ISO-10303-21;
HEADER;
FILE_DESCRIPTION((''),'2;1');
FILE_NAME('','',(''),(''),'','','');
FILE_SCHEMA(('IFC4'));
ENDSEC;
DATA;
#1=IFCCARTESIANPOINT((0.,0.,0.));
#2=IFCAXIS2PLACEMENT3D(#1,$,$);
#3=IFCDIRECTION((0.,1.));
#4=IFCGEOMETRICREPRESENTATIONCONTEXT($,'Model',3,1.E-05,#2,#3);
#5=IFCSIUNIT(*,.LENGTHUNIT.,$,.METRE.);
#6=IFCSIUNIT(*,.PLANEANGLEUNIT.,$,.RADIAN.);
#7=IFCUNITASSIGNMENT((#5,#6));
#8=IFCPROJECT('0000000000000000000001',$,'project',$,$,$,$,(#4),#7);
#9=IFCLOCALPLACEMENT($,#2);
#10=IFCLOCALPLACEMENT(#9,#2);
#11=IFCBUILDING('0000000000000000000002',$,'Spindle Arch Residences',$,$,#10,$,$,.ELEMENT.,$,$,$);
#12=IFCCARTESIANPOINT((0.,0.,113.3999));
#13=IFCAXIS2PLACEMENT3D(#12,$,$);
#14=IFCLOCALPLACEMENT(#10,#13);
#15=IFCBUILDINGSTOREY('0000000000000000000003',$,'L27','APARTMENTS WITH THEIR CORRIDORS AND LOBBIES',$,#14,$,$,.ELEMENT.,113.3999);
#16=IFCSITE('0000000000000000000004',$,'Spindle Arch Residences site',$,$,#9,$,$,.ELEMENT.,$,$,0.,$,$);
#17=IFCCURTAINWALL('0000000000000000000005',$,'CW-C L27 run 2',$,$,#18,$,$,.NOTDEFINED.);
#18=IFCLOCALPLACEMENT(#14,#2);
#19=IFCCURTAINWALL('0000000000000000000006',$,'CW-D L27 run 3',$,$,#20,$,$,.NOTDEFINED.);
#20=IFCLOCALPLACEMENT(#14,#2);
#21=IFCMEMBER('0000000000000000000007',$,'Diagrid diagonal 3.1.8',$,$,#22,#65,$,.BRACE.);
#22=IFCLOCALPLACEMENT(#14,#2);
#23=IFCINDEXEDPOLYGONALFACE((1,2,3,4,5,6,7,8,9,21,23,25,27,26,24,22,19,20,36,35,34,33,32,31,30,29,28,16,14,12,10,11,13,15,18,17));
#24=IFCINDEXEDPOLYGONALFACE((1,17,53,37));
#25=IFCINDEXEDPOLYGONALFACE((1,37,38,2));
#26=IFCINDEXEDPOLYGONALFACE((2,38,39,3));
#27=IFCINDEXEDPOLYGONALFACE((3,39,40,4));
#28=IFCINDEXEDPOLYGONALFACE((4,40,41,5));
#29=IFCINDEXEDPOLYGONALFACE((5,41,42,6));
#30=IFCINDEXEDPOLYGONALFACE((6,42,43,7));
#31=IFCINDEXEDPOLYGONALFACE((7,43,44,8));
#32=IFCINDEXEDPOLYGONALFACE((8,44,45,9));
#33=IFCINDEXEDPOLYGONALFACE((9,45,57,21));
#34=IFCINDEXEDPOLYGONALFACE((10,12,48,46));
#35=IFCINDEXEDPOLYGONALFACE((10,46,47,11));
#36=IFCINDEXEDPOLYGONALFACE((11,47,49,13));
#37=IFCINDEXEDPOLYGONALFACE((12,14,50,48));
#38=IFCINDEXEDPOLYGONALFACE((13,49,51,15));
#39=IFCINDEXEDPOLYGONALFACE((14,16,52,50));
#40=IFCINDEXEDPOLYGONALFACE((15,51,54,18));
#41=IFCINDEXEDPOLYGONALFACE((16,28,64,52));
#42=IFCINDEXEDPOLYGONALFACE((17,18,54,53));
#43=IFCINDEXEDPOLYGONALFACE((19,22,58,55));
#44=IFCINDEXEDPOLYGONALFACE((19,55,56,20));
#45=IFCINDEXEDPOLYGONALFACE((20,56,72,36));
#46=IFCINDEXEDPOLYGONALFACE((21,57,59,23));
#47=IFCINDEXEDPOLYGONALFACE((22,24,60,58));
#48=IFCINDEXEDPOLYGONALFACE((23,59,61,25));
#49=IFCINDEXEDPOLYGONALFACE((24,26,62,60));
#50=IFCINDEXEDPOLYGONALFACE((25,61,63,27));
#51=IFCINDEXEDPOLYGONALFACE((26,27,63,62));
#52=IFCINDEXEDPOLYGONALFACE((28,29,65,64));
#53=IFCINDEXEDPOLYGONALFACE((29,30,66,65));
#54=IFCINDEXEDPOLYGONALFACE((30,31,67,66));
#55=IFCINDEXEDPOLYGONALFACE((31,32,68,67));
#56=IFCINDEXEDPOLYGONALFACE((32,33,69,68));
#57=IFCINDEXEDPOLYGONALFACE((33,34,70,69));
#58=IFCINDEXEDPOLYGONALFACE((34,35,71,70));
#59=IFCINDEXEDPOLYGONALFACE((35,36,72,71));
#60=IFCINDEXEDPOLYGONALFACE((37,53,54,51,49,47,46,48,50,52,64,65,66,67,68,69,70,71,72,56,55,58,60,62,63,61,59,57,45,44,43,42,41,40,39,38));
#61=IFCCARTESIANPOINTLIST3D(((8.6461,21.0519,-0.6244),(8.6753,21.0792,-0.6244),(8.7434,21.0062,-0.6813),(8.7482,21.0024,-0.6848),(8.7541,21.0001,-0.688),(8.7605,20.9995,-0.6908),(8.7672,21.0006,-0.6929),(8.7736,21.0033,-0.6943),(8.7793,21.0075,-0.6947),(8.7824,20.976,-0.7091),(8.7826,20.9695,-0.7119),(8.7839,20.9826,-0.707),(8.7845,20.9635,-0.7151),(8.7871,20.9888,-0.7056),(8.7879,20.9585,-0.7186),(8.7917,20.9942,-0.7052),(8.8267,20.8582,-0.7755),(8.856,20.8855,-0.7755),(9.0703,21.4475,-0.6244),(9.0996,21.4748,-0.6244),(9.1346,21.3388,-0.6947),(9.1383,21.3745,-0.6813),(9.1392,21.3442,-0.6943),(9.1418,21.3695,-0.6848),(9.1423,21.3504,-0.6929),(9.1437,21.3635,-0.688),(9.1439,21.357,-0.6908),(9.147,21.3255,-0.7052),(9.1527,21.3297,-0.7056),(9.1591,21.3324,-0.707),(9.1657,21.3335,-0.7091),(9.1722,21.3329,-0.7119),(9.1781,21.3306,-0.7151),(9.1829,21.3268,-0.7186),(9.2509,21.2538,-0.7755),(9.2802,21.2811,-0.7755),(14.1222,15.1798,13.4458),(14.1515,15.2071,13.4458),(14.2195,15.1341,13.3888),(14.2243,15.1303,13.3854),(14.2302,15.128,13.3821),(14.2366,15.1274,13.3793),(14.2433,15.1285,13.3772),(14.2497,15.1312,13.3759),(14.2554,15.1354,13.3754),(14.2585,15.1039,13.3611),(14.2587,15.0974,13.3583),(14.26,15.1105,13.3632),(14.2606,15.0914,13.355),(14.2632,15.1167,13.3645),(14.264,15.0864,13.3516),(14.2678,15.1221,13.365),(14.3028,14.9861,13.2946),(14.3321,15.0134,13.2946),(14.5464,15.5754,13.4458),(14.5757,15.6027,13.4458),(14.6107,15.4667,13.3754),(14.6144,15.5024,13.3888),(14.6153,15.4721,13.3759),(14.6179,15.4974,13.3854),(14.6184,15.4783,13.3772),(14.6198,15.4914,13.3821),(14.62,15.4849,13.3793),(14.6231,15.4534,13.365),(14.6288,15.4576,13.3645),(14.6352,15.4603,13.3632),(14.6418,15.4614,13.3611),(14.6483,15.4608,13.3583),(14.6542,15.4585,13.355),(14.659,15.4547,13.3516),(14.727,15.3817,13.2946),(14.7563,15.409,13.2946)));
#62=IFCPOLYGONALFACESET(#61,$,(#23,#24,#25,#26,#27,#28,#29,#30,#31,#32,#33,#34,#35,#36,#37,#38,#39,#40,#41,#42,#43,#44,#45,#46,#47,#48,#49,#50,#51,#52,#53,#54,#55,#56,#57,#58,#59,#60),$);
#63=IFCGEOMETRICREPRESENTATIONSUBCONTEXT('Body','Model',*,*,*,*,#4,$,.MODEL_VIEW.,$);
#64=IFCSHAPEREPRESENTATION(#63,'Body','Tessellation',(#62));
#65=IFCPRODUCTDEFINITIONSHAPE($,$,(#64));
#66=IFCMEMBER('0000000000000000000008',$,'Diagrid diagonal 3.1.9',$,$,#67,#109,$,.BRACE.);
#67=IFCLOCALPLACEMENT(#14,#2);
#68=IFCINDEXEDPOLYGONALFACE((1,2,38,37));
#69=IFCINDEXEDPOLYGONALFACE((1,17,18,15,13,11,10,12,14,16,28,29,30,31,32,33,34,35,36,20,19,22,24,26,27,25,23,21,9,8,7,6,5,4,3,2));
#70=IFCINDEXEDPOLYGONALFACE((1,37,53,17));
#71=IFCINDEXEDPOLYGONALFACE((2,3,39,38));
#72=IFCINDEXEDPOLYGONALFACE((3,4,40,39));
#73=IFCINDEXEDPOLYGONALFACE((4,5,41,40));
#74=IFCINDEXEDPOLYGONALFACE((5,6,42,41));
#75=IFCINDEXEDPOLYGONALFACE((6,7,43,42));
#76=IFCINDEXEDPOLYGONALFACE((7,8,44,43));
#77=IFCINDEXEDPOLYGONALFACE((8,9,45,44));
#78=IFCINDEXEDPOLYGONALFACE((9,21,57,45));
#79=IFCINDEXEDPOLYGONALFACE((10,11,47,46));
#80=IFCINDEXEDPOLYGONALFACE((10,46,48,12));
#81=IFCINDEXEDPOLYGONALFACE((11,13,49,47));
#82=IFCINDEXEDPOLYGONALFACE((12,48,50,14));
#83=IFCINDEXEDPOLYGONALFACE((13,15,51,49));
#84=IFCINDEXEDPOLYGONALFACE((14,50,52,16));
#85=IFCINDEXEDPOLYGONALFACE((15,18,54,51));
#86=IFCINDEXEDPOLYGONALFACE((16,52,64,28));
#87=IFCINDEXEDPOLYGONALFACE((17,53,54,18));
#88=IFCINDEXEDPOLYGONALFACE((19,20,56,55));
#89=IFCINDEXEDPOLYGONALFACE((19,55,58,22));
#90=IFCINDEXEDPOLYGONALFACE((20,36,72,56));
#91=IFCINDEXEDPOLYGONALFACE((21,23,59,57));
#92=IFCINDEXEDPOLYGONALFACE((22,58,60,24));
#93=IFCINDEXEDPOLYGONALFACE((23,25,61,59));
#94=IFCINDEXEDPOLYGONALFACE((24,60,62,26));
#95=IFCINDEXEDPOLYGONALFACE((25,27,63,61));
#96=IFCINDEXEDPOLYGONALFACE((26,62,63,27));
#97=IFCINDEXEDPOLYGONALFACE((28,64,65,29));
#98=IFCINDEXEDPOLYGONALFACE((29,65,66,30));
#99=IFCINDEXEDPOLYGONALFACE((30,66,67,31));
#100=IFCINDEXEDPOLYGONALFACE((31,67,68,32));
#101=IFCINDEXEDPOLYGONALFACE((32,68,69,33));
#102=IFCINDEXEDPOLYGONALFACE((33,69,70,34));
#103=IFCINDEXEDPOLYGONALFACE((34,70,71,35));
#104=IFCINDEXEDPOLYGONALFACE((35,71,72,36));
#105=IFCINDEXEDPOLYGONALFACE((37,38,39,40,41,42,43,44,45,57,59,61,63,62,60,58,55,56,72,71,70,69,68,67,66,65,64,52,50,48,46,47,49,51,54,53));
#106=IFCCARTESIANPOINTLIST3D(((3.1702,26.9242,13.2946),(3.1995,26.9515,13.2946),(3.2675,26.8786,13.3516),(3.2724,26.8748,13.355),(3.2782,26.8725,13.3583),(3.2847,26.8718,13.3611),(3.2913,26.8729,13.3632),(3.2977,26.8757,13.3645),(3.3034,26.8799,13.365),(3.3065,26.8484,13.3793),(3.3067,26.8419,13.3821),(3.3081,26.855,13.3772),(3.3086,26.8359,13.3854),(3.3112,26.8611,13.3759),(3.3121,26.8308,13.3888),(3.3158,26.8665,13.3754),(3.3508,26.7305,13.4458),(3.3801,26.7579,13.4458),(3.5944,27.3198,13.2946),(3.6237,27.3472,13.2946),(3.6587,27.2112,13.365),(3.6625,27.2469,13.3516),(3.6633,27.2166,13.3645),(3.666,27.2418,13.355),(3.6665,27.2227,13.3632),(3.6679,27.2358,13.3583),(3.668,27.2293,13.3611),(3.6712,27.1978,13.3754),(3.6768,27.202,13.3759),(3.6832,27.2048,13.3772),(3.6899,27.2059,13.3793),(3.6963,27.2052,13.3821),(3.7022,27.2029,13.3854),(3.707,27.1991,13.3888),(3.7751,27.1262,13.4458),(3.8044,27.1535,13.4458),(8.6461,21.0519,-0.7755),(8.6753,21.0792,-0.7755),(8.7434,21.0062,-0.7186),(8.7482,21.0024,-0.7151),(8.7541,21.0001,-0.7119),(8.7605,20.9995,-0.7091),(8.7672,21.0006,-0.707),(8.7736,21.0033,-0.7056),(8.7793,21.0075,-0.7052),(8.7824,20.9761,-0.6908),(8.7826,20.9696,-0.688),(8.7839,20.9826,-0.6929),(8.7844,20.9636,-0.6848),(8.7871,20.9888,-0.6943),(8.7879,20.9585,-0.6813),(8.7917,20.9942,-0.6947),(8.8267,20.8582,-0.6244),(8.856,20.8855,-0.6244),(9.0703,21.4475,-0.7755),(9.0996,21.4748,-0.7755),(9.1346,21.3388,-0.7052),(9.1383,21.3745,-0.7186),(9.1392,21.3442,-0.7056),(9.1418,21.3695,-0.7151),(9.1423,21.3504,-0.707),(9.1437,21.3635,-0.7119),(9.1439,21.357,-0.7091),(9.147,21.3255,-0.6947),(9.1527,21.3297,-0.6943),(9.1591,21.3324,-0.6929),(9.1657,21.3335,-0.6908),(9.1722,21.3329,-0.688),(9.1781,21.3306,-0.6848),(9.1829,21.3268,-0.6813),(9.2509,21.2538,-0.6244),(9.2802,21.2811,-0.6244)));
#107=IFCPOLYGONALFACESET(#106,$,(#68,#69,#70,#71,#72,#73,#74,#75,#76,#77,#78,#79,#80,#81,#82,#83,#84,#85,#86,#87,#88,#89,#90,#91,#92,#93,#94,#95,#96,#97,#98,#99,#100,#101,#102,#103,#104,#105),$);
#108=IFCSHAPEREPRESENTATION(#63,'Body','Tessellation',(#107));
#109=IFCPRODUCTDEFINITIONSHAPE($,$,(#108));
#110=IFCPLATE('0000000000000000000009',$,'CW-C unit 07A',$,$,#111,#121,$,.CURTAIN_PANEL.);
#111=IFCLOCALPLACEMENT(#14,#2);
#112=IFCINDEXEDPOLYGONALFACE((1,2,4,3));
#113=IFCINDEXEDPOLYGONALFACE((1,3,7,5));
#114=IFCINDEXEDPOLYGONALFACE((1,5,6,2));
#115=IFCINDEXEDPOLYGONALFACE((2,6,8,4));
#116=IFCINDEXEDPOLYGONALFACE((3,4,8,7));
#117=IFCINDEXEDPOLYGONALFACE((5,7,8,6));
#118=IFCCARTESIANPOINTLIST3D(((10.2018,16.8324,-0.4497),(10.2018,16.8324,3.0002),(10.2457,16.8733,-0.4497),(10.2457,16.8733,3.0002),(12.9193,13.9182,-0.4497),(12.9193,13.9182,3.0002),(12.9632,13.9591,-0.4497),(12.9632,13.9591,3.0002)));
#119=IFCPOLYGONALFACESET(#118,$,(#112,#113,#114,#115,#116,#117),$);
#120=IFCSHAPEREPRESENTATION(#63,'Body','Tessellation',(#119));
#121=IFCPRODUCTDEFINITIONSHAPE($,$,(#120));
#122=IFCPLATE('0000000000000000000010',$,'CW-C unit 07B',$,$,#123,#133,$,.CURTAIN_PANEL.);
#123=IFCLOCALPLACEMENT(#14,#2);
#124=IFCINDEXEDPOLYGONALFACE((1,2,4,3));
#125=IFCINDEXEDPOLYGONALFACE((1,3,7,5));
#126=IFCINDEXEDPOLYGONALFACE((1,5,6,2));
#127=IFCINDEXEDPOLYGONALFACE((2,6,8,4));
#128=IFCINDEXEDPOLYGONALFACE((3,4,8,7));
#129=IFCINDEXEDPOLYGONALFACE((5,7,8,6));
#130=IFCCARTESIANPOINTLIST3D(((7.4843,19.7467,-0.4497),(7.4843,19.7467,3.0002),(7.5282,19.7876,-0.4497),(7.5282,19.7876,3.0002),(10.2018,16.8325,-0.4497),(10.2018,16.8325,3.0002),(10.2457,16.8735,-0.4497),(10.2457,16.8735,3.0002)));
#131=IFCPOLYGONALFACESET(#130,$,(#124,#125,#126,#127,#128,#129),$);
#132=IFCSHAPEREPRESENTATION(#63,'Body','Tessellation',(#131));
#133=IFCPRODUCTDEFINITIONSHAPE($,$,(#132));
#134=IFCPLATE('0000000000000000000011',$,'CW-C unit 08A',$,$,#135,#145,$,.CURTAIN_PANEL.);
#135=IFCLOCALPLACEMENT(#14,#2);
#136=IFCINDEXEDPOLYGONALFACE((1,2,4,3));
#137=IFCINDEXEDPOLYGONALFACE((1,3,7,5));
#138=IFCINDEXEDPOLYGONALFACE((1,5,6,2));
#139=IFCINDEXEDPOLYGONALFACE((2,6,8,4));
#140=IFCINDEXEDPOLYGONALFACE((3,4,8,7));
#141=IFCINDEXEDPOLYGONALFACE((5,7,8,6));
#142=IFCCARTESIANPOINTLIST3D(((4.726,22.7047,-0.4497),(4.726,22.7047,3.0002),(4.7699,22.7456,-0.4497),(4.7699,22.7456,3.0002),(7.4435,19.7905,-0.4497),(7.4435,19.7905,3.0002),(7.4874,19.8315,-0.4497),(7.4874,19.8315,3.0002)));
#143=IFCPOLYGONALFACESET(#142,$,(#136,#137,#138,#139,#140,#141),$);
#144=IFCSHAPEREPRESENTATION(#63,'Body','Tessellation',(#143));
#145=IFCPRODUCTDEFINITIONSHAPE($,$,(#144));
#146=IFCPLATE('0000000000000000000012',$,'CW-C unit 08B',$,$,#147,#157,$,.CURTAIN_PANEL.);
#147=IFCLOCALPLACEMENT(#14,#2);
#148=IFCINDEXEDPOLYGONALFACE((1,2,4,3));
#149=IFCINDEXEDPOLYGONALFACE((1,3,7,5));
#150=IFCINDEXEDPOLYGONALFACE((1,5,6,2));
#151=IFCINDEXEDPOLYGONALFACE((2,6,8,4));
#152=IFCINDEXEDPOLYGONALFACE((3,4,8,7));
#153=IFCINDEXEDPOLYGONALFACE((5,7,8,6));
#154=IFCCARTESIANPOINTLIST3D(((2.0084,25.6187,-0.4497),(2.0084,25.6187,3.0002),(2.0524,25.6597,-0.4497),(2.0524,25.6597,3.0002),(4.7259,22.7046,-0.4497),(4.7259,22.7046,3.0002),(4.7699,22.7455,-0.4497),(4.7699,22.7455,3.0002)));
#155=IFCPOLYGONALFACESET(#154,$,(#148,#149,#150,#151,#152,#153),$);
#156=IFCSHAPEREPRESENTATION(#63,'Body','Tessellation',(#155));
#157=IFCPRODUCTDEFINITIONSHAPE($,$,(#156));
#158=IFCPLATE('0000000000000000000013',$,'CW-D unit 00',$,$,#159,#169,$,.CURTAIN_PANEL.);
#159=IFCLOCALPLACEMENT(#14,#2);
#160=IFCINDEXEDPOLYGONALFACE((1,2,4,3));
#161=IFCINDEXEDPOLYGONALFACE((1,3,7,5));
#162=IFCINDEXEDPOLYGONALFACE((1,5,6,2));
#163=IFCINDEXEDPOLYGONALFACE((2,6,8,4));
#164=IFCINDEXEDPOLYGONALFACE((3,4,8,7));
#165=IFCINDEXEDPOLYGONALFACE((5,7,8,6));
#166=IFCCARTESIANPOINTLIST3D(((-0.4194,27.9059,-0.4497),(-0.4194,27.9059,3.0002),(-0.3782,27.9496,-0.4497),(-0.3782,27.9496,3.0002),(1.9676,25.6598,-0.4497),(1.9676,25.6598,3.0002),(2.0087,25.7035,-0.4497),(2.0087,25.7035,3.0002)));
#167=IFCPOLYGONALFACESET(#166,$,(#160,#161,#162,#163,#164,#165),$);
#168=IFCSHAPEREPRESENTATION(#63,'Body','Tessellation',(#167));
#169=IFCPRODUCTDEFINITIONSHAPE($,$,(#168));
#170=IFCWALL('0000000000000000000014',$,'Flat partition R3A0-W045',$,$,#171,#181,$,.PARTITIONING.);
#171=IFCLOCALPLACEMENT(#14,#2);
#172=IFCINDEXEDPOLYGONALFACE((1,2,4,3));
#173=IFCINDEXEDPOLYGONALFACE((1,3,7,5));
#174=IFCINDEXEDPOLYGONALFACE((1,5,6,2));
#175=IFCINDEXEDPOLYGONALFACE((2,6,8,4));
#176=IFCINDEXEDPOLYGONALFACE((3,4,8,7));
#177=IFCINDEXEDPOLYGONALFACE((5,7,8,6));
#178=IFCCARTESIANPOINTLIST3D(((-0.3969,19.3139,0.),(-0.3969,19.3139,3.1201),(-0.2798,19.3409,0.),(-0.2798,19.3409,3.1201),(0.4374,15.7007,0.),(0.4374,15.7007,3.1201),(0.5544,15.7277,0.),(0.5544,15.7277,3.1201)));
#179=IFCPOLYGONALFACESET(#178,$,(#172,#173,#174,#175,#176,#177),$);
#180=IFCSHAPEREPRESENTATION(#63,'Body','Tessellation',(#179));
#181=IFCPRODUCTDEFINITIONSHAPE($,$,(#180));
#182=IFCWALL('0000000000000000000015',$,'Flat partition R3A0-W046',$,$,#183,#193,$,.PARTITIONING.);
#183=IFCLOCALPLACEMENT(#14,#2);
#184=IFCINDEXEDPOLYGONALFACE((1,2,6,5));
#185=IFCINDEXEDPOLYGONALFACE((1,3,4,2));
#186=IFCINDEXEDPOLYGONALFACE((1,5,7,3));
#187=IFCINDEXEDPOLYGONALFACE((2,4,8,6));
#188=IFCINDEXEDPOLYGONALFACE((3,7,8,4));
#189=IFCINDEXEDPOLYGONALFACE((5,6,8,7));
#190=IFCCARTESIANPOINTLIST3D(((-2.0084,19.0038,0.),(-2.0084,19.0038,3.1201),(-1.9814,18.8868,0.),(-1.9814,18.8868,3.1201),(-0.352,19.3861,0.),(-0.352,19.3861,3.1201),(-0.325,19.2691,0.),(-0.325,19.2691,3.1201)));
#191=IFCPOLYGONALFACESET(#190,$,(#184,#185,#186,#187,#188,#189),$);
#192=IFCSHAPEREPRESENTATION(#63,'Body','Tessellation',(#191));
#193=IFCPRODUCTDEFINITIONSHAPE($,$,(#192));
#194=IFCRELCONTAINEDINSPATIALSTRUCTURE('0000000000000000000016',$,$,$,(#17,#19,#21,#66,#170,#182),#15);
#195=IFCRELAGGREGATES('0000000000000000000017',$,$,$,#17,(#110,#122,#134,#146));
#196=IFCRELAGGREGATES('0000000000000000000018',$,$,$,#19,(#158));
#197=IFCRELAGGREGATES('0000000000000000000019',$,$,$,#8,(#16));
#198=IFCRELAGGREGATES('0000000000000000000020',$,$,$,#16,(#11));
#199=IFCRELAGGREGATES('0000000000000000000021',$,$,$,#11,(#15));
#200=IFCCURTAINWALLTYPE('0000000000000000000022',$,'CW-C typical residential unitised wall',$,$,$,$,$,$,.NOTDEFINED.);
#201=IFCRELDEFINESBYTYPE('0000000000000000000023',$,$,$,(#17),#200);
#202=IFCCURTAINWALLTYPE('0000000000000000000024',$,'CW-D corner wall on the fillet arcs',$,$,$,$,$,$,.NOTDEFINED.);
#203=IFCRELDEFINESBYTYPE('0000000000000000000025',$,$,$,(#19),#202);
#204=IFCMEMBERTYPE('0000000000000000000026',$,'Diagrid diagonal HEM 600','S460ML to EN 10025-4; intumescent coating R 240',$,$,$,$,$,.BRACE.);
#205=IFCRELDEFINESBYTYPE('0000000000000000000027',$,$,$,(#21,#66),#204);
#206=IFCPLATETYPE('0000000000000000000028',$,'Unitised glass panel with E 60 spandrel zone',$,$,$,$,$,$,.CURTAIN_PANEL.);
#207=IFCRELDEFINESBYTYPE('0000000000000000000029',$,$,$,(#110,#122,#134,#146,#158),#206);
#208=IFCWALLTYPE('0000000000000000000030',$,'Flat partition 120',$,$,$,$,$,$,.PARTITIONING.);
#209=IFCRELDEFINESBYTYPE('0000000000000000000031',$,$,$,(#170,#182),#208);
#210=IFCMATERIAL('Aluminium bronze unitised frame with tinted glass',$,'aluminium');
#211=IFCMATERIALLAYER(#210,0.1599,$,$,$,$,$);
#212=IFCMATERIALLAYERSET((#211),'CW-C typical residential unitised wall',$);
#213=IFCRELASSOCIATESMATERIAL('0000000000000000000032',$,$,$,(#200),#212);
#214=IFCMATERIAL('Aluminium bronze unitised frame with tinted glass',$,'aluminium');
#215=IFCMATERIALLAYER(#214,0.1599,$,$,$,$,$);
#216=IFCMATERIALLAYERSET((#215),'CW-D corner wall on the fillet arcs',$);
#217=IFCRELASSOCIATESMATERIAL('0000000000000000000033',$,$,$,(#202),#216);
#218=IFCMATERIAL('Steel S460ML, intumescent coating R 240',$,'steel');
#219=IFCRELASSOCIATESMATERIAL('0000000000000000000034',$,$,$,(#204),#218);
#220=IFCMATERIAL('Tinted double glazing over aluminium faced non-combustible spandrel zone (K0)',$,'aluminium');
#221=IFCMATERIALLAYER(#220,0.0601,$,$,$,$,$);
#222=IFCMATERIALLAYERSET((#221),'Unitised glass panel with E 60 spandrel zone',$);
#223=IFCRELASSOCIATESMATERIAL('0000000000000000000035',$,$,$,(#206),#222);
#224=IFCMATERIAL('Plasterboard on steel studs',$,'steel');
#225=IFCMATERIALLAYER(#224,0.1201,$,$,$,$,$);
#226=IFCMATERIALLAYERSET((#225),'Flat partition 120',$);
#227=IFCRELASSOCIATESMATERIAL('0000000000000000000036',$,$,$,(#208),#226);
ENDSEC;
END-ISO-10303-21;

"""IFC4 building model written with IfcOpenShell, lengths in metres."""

from ifc_helpers import new_model, si_unit, direction, frame, frame_2d, origin, origin_2d, place, context, subcontext, project, spatial, rectangle, i_section, extrude, material, layer, layer_set, material_profile, profile_set, type_object, element, aggregate, save


model = new_model("IFC4")

# Units and contexts
model_context = context("Model", 3, precision=1e-05, world=origin(), true_north=direction((0.0, 1.0)))
body_context = subcontext(model_context, "Body", "Model", "MODEL_VIEW")
ifc_project = project(units=[si_unit("LENGTHUNIT", "METRE"), si_unit("PLANEANGLEUNIT", "RADIAN")], contexts=[model_context])

# Site, building, storey
site_placement = place(None, origin())
site = spatial("IfcSite", under=ifc_project, at=site_placement, Name="Spindle Arch Residences site", CompositionType="ELEMENT", RefElevation=0.0)
building_placement = place(site_placement, origin())
building = spatial("IfcBuilding", under=site, at=building_placement, Name="Spindle Arch Residences", CompositionType="ELEMENT")
storey_placement = place(building_placement, frame((0.0, 0.0, 113.3999)))
storey = spatial("IfcBuildingStorey", under=building, at=storey_placement, Name="L27", Description="APARTMENTS WITH THEIR CORRIDORS AND LOBBIES", CompositionType="ELEMENT", Elevation=113.3999)

# Curtain wall
ifc_material_1 = material(Name="Aluminium bronze unitised frame with tinted glass", Category="aluminium")
ifc_layer_1 = layer(ifc_material_1, 0.1599)
ifc_layer_set_1 = layer_set([ifc_layer_1], Name="CW-C typical residential unitised wall")
curtain_wall_type_1 = type_object("IfcCurtainWallType", Name="CW-C typical residential unitised wall", PredefinedType="NOTDEFINED", material=ifc_layer_set_1)
curtain_wall_1_placement = place(storey_placement, origin())
curtain_wall_1 = element("IfcCurtainWall", 1, at=curtain_wall_1_placement, inside=storey, type_object=curtain_wall_type_1, Name="CW-C L27 run 2", PredefinedType="NOTDEFINED")

# Curtain wall
ifc_material_2 = material(Name="Aluminium bronze unitised frame with tinted glass", Category="aluminium")
ifc_layer_2 = layer(ifc_material_2, 0.1599)
ifc_layer_set_2 = layer_set([ifc_layer_2], Name="CW-D corner wall on the fillet arcs")
curtain_wall_type_2 = type_object("IfcCurtainWallType", Name="CW-D corner wall on the fillet arcs", PredefinedType="NOTDEFINED", material=ifc_layer_set_2)
curtain_wall_2_placement = place(storey_placement, origin())
curtain_wall_2 = element("IfcCurtainWall", 2, at=curtain_wall_2_placement, inside=storey, type_object=curtain_wall_type_2, Name="CW-D L27 run 3", PredefinedType="NOTDEFINED")

# Members
ifc_material_3 = material(Name="Steel S460ML, intumescent coating R 240", Category="steel")
ifc_material_profile_1 = material_profile(ifc_material_3, i_section(OverallWidth=0.3049, OverallDepth=0.6201, WebThickness=0.021, FlangeThickness=0.04, FilletRadius=0.0271, at=origin_2d()), Name="HEM 600")
ifc_profile_set_1 = profile_set([ifc_material_profile_1], Name="Steel S460ML, intumescent coating R 240")
member_type_1 = type_object("IfcMemberType", Name="Diagrid diagonal HEM 600", Description="S460ML to EN 10025-4; intumescent coating R 240", PredefinedType="BRACE", material=ifc_profile_set_1)
for number, where, z_axis, x_axis, name in (
    (3, (8.9631, 21.1665, -0.7), (0.338032, -0.362477, 0.86853), (-0.592352, 0.635188, 0.495636), "Diagrid diagonal 3.1.8"),
    (4, (8.9631, 21.1665, -0.7), (-0.338017, 0.362492, 0.86853), (0.592325, -0.635213, 0.495637), "Diagrid diagonal 3.1.9"),
):
    element("IfcMember", number, at=place(storey_placement, frame(where, z_axis=z_axis, x_axis=x_axis)), inside=storey, type_object=member_type_1, Name=name, PredefinedType="BRACE", context=body_context, shape_type="SweptSolid", body=[
        extrude(i_section(OverallWidth=0.3049, OverallDepth=0.6201, WebThickness=0.021, FlangeThickness=0.04, FilletRadius=0.0271, at=origin_2d()), origin(), (0.0, 0.0, 1.0), 16.2),
    ])

# Plates
ifc_material_4 = material(Name="Tinted double glazing over aluminium faced non-combustible spandrel zone (K0)", Category="aluminium")
ifc_layer_3 = layer(ifc_material_4, 0.0601)
ifc_layer_set_3 = layer_set([ifc_layer_3], Name="Unitised glass panel with E 60 spandrel zone")
plate_type = type_object("IfcPlateType", Name="Unitised glass panel with E 60 spandrel zone", PredefinedType="CURTAIN_PANEL", material=ifc_layer_set_3)
plate_1_placement = place(storey_placement, frame((11.5825, 15.3958, -0.4497), z_axis=(0.0, 0.0, 1.0), x_axis=(-0.681998, 0.731354, 0.0)))
plate_1 = element("IfcPlate", 5, at=plate_1_placement, type_object=plate_type, Name="CW-C unit 07A", PredefinedType="CURTAIN_PANEL", context=body_context, shape_type="SweptSolid", body=[
    extrude(rectangle(XDim=3.9846, YDim=0.0601, at=origin_2d()), origin(), (0.0, 0.0, 1.0), 3.45),
])
plate_2_placement = place(storey_placement, frame((8.865, 18.3101, -0.4497), z_axis=(0.0, 0.0, 1.0), x_axis=(-0.681998, 0.731354, 0.0)))
plate_2 = element("IfcPlate", 6, at=plate_2_placement, type_object=plate_type, Name="CW-C unit 07B", PredefinedType="CURTAIN_PANEL", context=body_context, shape_type="SweptSolid", body=[
    extrude(rectangle(XDim=3.9846, YDim=0.0601, at=origin_2d()), origin(), (0.0, 0.0, 1.0), 3.45),
])
plate_3_placement = place(storey_placement, frame((6.1067, 21.2681, -0.4497), z_axis=(0.0, 0.0, 1.0), x_axis=(-0.681998, 0.731354, 0.0)))
plate_3 = element("IfcPlate", 7, at=plate_3_placement, type_object=plate_type, Name="CW-C unit 08A", PredefinedType="CURTAIN_PANEL", context=body_context, shape_type="SweptSolid", body=[
    extrude(rectangle(XDim=3.9846, YDim=0.0601, at=origin_2d()), origin(), (0.0, 0.0, 1.0), 3.45),
])
plate_4_placement = place(storey_placement, frame((3.3892, 24.1821, -0.4497), z_axis=(0.0, 0.0, 1.0), x_axis=(-0.681998, 0.731354, 0.0)))
plate_4 = element("IfcPlate", 8, at=plate_4_placement, type_object=plate_type, Name="CW-C unit 08B", PredefinedType="CURTAIN_PANEL", context=body_context, shape_type="SweptSolid", body=[
    extrude(rectangle(XDim=3.9846, YDim=0.0601, at=origin_2d()), origin(), (0.0, 0.0, 1.0), 3.45),
])
aggregate(curtain_wall_1, [plate_1, plate_2, plate_3, plate_4])
plate_5_placement = place(storey_placement, frame((0.7947, 26.8047, -0.4497), z_axis=(0.0, 0.0, 1.0), x_axis=(-0.72827, 0.68529, 0.0)))
plate_5 = element("IfcPlate", 9, at=plate_5_placement, type_object=plate_type, Name="CW-D unit 00", PredefinedType="CURTAIN_PANEL", context=body_context, shape_type="SweptSolid", body=[
    extrude(rectangle(XDim=3.2776, YDim=0.0601, at=origin_2d()), origin(), (0.0, 0.0, 1.0), 3.45),
])
aggregate(curtain_wall_2, [plate_5])

# Walls
ifc_material_5 = material(Name="Plasterboard on steel studs", Category="steel")
ifc_layer_4 = layer(ifc_material_5, 0.1201)
ifc_layer_set_4 = layer_set([ifc_layer_4], Name="Flat partition 120")
wall_type_1 = type_object("IfcWallType", Name="Flat partition 120", PredefinedType="PARTITIONING", material=ifc_layer_set_4)
wall_1_placement = place(storey_placement, frame((0.4958, 15.7144, 0.0), z_axis=(0.0, 0.0, 1.0), x_axis=(-0.22496, 0.974368, 0.0)))
element("IfcWall", 10, at=wall_1_placement, inside=storey, type_object=wall_type_1, Name="Flat partition R3A0-W045", PredefinedType="PARTITIONING", context=body_context, shape_type="SweptSolid", body=[
    extrude(rectangle(XDim=3.7083, YDim=0.1201, at=frame_2d((1.854, 0.0))), origin(), (0.0, 0.0, 1.0), 3.1201),
])
wall_2_placement = place(storey_placement, frame((-0.3384, 19.3276, 0.0), z_axis=(0.0, 0.0, 1.0), x_axis=(-0.974384, -0.224891, 0.0)))
element("IfcWall", 11, at=wall_2_placement, inside=storey, type_object=wall_type_1, Name="Flat partition R3A0-W046", PredefinedType="PARTITIONING", context=body_context, shape_type="SweptSolid", body=[
    extrude(rectangle(XDim=1.7, YDim=0.1201, at=frame_2d((0.8501, 0.0))), origin(), (0.0, 0.0, 1.0), 3.1201),
])

save(model, "model.ifc")
